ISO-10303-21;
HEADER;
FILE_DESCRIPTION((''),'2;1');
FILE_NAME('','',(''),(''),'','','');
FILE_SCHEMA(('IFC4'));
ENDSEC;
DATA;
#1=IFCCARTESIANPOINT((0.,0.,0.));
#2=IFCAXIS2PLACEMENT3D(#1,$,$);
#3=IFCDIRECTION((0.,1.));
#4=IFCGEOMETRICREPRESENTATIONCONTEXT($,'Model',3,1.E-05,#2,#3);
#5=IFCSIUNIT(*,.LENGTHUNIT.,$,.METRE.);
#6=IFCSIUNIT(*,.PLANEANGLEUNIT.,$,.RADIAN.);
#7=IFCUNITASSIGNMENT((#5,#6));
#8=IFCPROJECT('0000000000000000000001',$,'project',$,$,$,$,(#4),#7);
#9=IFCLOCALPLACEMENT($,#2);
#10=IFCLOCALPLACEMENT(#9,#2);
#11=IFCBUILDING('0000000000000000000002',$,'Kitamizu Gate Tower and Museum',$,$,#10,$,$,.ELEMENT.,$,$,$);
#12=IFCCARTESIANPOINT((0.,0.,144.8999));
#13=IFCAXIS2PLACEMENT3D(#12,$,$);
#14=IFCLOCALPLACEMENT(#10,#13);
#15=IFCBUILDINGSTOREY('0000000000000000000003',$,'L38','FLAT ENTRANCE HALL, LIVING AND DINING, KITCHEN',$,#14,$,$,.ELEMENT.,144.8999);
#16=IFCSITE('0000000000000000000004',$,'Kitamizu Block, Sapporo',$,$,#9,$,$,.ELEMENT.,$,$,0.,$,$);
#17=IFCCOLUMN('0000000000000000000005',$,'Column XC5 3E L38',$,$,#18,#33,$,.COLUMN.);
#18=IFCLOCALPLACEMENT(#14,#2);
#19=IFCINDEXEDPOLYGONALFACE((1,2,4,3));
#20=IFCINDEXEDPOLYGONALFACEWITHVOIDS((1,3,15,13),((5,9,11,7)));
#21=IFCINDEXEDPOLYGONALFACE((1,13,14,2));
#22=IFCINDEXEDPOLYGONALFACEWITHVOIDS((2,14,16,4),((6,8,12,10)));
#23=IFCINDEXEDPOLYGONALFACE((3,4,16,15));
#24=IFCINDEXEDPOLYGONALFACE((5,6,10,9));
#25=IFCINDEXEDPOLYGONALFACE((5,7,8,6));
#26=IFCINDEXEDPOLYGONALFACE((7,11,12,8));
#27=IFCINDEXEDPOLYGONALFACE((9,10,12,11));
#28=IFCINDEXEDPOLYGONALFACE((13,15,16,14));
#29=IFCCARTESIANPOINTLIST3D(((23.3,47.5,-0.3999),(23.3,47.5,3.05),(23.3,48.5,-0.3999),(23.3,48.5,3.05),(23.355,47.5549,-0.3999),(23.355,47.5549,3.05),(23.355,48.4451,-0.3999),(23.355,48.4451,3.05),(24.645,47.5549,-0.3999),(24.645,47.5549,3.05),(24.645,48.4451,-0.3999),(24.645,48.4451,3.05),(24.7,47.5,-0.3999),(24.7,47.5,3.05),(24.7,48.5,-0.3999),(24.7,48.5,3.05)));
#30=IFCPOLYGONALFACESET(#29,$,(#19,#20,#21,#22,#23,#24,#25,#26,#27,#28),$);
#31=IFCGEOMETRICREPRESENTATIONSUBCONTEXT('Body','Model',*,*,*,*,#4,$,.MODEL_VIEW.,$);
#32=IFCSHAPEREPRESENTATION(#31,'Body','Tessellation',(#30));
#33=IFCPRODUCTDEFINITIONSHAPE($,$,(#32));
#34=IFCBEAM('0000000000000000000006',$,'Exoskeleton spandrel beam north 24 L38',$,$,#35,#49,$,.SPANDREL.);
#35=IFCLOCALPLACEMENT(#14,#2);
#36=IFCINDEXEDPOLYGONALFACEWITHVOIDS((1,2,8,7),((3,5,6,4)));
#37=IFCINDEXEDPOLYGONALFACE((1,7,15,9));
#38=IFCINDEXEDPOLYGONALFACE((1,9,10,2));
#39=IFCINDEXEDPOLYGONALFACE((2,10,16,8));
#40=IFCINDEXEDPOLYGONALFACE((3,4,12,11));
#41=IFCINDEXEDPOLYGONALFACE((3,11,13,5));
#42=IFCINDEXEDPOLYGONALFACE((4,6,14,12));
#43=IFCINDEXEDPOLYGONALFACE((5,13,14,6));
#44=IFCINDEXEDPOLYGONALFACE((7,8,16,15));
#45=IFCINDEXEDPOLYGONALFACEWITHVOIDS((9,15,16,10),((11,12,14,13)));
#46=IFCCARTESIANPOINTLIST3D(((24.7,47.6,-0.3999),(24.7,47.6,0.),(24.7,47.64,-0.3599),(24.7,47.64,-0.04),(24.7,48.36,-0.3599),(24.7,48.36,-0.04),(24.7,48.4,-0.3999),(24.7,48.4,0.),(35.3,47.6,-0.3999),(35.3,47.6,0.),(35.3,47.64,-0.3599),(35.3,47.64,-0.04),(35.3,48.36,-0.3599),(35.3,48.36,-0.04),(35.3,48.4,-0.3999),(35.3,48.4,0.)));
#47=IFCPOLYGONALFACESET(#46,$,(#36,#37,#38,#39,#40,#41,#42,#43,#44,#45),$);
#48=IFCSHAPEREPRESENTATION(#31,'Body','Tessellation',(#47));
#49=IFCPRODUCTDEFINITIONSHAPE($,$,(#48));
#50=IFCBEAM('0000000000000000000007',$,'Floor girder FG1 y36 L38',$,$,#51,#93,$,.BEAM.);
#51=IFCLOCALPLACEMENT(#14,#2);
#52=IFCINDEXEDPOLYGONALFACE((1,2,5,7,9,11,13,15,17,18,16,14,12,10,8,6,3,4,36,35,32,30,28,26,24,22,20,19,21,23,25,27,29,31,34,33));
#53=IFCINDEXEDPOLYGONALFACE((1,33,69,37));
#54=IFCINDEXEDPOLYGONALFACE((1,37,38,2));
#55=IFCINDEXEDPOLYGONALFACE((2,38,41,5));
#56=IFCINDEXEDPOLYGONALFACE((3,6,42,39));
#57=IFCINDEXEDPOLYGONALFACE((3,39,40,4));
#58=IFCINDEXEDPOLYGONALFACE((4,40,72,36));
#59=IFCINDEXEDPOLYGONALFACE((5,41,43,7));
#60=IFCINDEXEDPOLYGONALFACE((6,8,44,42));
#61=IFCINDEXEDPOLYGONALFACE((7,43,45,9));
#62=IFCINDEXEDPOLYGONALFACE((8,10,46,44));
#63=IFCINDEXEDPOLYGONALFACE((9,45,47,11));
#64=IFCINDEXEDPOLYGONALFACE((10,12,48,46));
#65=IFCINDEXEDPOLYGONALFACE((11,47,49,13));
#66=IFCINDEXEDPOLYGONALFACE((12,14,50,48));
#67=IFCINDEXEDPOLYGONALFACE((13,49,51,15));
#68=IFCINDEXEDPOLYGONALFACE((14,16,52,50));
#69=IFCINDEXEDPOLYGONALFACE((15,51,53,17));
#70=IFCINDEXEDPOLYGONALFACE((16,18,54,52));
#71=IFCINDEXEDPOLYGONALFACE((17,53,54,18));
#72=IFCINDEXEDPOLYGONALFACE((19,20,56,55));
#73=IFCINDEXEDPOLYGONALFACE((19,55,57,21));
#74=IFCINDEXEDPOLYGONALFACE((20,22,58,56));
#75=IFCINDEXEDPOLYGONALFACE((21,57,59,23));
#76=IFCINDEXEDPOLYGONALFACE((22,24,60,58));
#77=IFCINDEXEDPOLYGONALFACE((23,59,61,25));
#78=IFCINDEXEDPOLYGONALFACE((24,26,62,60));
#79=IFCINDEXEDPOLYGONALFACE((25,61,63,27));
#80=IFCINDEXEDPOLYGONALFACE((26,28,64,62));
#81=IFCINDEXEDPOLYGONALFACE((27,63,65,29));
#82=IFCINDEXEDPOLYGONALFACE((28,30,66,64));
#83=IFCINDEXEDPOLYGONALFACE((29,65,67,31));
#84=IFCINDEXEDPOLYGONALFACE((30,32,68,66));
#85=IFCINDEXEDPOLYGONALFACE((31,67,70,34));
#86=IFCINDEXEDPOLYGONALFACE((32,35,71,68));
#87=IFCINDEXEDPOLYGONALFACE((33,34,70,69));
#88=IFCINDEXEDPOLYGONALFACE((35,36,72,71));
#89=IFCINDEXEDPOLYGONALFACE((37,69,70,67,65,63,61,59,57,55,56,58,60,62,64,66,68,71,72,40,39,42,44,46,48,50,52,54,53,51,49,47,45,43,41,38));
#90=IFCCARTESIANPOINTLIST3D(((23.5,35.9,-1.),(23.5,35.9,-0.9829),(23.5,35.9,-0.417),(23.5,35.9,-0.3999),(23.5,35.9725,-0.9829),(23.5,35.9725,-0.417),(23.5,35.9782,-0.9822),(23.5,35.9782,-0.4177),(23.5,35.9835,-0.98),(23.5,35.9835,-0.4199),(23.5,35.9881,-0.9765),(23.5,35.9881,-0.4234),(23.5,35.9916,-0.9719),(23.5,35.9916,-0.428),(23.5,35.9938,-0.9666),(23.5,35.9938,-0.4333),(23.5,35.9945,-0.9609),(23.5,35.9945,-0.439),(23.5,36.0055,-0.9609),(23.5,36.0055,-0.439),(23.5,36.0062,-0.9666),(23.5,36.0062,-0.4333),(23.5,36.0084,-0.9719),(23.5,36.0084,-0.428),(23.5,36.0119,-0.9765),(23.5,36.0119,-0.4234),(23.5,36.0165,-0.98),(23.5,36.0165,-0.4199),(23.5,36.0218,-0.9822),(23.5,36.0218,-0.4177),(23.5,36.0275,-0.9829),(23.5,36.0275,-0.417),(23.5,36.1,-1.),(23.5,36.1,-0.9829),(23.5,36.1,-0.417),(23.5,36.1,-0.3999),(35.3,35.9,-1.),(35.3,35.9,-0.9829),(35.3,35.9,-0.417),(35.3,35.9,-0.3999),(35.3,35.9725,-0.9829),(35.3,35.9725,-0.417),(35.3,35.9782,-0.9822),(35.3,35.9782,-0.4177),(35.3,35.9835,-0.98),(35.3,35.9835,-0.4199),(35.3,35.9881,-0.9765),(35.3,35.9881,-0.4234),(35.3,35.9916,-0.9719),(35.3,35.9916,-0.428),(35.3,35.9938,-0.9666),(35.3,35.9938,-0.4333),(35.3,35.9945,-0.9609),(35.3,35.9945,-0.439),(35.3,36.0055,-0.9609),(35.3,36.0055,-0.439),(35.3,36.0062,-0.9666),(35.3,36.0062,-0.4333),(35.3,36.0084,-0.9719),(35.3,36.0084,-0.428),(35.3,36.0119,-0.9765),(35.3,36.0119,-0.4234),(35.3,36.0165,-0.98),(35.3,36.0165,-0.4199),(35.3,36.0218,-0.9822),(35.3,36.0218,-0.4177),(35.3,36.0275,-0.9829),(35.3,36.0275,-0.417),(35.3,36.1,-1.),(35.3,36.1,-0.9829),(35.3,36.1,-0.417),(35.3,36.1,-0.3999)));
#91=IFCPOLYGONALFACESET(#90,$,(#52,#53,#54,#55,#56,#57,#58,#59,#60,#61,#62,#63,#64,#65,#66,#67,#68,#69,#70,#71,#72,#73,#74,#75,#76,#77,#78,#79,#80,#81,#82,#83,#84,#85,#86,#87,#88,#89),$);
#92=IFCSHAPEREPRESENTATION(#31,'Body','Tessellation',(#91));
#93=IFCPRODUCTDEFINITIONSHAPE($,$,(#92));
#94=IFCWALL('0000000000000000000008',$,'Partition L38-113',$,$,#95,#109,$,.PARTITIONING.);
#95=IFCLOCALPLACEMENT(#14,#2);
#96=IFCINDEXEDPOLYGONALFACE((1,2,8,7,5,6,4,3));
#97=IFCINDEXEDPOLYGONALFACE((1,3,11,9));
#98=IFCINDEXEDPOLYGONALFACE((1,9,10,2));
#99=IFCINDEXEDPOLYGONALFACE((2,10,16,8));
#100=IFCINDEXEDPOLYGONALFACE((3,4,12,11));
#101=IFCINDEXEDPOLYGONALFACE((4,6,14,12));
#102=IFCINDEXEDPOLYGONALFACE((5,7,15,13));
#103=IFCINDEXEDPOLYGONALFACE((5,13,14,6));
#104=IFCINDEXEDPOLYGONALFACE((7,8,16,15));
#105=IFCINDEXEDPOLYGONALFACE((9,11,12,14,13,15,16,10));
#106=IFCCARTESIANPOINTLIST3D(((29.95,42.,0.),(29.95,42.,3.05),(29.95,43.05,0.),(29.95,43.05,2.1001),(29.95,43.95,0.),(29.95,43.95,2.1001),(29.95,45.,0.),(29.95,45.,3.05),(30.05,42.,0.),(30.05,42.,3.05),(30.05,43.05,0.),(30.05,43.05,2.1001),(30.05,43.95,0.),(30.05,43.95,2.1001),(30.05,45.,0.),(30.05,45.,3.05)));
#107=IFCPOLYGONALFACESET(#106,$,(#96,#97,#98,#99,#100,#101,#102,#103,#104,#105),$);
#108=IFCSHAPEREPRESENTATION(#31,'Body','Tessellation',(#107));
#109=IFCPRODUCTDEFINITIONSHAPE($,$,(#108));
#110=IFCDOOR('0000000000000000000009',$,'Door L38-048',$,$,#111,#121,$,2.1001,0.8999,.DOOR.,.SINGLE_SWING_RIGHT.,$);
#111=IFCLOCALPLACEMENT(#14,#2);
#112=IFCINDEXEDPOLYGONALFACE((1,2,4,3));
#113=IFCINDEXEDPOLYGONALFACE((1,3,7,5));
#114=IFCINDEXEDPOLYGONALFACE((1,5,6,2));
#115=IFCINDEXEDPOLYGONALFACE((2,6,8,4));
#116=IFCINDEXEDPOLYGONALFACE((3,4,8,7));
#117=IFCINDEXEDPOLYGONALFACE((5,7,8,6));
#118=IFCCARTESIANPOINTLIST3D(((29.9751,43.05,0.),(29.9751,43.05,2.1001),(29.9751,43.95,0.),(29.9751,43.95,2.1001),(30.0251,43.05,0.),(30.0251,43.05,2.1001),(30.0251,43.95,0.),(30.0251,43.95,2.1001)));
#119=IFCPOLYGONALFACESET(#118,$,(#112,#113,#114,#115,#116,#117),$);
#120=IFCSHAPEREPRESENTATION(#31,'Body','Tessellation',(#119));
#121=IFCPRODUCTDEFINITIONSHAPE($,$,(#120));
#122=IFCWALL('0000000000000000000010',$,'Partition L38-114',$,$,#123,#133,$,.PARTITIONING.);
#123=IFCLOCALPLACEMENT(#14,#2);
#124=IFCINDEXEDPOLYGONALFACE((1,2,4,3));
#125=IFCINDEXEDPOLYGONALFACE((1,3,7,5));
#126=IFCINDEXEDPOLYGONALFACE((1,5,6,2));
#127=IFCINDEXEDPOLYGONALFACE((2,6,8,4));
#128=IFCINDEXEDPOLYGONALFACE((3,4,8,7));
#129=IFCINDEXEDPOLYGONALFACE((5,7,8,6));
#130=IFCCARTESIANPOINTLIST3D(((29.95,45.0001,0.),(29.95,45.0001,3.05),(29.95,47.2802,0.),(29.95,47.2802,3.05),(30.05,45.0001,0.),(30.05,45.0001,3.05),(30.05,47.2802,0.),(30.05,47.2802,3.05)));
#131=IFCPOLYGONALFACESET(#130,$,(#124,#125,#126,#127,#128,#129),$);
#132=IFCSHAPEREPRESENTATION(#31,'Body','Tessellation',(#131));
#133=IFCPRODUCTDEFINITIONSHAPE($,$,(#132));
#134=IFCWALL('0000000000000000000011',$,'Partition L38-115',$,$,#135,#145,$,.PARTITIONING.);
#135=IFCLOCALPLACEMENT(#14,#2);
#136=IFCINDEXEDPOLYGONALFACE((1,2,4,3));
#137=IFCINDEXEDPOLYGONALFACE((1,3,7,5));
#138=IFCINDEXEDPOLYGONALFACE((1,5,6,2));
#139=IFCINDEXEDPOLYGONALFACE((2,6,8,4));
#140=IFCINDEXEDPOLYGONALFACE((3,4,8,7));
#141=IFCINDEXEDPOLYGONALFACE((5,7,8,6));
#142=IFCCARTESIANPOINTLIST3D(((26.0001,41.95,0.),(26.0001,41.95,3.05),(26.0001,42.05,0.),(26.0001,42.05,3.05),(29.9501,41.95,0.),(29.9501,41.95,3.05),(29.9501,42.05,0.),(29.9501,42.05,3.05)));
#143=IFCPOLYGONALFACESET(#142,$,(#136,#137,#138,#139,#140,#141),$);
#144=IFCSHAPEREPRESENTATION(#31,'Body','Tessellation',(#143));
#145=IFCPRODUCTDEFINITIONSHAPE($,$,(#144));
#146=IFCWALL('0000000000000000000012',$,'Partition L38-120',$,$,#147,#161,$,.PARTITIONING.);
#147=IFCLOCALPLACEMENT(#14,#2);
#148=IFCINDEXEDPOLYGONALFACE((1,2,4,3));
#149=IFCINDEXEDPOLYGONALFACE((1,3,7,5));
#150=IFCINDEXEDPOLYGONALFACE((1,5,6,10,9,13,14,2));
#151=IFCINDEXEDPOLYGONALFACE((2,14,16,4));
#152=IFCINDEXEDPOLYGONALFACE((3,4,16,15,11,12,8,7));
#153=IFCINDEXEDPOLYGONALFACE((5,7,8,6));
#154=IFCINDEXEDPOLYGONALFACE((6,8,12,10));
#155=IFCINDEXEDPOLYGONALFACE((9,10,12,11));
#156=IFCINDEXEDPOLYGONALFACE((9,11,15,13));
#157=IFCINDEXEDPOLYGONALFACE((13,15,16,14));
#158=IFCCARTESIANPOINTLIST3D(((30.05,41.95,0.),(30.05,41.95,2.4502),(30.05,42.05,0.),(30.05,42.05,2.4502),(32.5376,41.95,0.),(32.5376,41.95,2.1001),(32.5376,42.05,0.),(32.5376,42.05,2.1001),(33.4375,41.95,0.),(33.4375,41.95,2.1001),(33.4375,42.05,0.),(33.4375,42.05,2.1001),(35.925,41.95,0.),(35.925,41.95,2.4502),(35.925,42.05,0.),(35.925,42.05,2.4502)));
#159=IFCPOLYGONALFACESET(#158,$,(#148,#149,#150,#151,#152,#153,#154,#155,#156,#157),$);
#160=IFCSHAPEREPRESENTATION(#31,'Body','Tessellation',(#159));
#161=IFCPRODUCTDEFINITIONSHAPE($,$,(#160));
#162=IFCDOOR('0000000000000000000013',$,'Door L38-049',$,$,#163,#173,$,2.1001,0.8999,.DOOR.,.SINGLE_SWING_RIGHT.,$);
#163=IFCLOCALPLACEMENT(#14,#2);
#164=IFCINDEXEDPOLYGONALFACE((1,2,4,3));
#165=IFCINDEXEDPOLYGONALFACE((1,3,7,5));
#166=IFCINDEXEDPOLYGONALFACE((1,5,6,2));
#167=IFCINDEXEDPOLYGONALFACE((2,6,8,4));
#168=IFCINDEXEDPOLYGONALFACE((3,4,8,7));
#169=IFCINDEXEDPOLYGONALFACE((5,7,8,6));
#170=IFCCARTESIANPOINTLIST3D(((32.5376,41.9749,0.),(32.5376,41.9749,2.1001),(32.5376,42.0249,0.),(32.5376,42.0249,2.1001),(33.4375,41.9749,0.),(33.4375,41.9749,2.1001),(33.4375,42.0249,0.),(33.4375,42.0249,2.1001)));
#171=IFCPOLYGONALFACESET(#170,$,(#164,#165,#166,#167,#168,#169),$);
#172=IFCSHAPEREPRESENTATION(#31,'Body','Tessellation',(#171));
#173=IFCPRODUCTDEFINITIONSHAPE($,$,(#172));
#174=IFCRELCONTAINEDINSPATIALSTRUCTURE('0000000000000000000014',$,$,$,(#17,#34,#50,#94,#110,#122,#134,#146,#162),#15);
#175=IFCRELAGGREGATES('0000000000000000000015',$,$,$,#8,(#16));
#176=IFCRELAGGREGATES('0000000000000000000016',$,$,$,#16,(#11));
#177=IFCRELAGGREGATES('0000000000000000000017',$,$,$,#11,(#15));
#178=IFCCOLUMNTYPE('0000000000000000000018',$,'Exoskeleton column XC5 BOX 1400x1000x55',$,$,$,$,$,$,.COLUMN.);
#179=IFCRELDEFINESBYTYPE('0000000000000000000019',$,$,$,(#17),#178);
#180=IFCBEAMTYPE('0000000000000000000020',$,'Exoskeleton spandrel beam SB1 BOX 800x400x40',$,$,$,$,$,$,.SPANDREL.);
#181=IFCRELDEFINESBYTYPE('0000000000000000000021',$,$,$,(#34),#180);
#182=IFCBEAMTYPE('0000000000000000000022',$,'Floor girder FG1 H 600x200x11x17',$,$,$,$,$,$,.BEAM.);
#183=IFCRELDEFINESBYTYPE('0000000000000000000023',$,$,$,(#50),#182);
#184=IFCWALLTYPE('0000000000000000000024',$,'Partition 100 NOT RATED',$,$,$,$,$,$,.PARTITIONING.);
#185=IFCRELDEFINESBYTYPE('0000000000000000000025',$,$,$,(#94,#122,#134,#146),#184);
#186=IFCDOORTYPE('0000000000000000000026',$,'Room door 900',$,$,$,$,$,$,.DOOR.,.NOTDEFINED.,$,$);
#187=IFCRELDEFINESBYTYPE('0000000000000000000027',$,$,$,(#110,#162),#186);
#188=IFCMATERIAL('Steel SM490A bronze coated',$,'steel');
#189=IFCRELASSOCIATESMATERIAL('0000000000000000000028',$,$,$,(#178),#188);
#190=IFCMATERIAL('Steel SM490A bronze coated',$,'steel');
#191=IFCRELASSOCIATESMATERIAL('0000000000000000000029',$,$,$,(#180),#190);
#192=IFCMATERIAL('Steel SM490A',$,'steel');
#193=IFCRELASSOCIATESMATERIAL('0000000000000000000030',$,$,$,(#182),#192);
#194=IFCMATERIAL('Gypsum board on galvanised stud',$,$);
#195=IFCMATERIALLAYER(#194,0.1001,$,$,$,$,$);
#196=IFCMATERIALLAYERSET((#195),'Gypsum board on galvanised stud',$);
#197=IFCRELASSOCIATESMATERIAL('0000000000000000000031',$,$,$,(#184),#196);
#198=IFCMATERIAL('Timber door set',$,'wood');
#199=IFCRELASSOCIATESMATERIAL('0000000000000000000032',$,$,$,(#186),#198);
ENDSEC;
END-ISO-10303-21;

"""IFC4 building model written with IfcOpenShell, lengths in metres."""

from ifc_helpers import new_model, si_unit, direction, frame, frame_2d, origin, origin_2d, place, context, subcontext, project, spatial, rectangle, hollow_rectangle, i_section, extrude, material, layer, layer_set, material_profile, profile_set, type_object, element, fill, save


model = new_model("IFC4")

# Units and contexts
model_context = context("Model", 3, precision=1e-05, world=origin(), true_north=direction((0.0, 1.0)))
body_context = subcontext(model_context, "Body", "Model", "MODEL_VIEW")
ifc_project = project(units=[si_unit("LENGTHUNIT", "METRE"), si_unit("PLANEANGLEUNIT", "RADIAN")], contexts=[model_context])

# Site, building, storey
site_placement = place(None, origin())
site = spatial("IfcSite", under=ifc_project, at=site_placement, Name="Kitamizu Block, Sapporo", CompositionType="ELEMENT", RefElevation=0.0)
building_placement = place(site_placement, origin())
building = spatial("IfcBuilding", under=site, at=building_placement, Name="Kitamizu Gate Tower and Museum", CompositionType="ELEMENT")
storey_placement = place(building_placement, frame((0.0, 0.0, 144.8999)))
storey = spatial("IfcBuildingStorey", under=building, at=storey_placement, Name="L38", Description="FLAT ENTRANCE HALL, LIVING AND DINING, KITCHEN", CompositionType="ELEMENT", Elevation=144.8999)

# Column
ifc_material_1 = material(Name="Steel SM490A bronze coated", Category="steel")
ifc_material_profile_1 = material_profile(ifc_material_1, hollow_rectangle(XDim=1.3999, YDim=1.0, WallThickness=0.0549, at=origin_2d()), Name="BOX 1400x1000x55")
ifc_profile_set_1 = profile_set([ifc_material_profile_1], Name="Steel SM490A bronze coated")
column_type = type_object("IfcColumnType", Name="Exoskeleton column XC5 BOX 1400x1000x55", PredefinedType="COLUMN", material=ifc_profile_set_1)
column_placement = place(storey_placement, frame((24.0, 48.0, -0.3999), z_axis=(0.0, 0.0, 1.0), x_axis=(1.0, 0.0, 0.0)))
element("IfcColumn", 1, at=column_placement, inside=storey, type_object=column_type, Name="Column XC5 3E L38", PredefinedType="COLUMN", context=body_context, shape_type="SweptSolid", body=[
    extrude(hollow_rectangle(XDim=1.3999, YDim=1.0, WallThickness=0.0549, at=origin_2d()), origin(), (0.0, 0.0, 1.0), 3.45),
])

# Beams
ifc_material_2 = material(Name="Steel SM490A bronze coated", Category="steel")
ifc_material_profile_2 = material_profile(ifc_material_2, hollow_rectangle(XDim=0.8, YDim=0.3999, WallThickness=0.04, at=origin_2d()), Name="BOX 800x400x40")
ifc_profile_set_2 = profile_set([ifc_material_profile_2], Name="Steel SM490A bronze coated")
beam_type_1 = type_object("IfcBeamType", Name="Exoskeleton spandrel beam SB1 BOX 800x400x40", PredefinedType="SPANDREL", material=ifc_profile_set_2)
beam_1_placement = place(storey_placement, frame((24.7, 48.0, -0.2), z_axis=(1.0, 0.0, 0.0), x_axis=(0.0, 1.0, 0.0)))
element("IfcBeam", 2, at=beam_1_placement, inside=storey, type_object=beam_type_1, Name="Exoskeleton spandrel beam north 24 L38", PredefinedType="SPANDREL", context=body_context, shape_type="SweptSolid", body=[
    extrude(hollow_rectangle(XDim=0.8, YDim=0.3999, WallThickness=0.04, at=origin_2d()), origin(), (0.0, 0.0, 1.0), 10.6001),
])
ifc_material_3 = material(Name="Steel SM490A", Category="steel")
ifc_material_profile_3 = material_profile(ifc_material_3, i_section(OverallWidth=0.2, OverallDepth=0.6001, WebThickness=0.011, FlangeThickness=0.0171, FilletRadius=0.022, at=origin_2d()), Name="H-600x200x11x17")
ifc_profile_set_3 = profile_set([ifc_material_profile_3], Name="Steel SM490A")
beam_type_2 = type_object("IfcBeamType", Name="Floor girder FG1 H 600x200x11x17", PredefinedType="BEAM", material=ifc_profile_set_3)
beam_2_placement = place(storey_placement, frame((23.5, 36.0, -0.7), z_axis=(1.0, 0.0, 0.0), x_axis=(0.0, 1.0, 0.0)))
element("IfcBeam", 3, at=beam_2_placement, inside=storey, type_object=beam_type_2, Name="Floor girder FG1 y36 L38", PredefinedType="BEAM", context=body_context, shape_type="SweptSolid", body=[
    extrude(i_section(OverallWidth=0.2, OverallDepth=0.6001, WebThickness=0.011, FlangeThickness=0.0171, FilletRadius=0.022, at=origin_2d()), origin(), (0.0, 0.0, 1.0), 11.8),
])

# Wall, opening, door
ifc_material_4 = material(Name="Gypsum board on galvanised stud")
ifc_layer_1 = layer(ifc_material_4, 0.1001)
ifc_layer_set_1 = layer_set([ifc_layer_1], Name="Gypsum board on galvanised stud")
wall_type_1 = type_object("IfcWallType", Name="Partition 100 NOT RATED", PredefinedType="PARTITIONING", material=ifc_layer_set_1)
wall_1_placement = place(storey_placement, frame((30.0, 42.0, 0.0), z_axis=(0.0, 0.0, 1.0), x_axis=(0.0, 1.0, 0.0)))
wall_1 = element("IfcWall", 4, at=wall_1_placement, inside=storey, type_object=wall_type_1, Name="Partition L38-113", PredefinedType="PARTITIONING", context=body_context, shape_type="SweptSolid", body=[
    extrude(rectangle(XDim=3.0, YDim=0.1001, at=frame_2d((1.5, 0.0))), origin(), (0.0, 0.0, 1.0), 3.05),
])
opening_1_placement = place(wall_1_placement, frame((1.05, 0.0, 0.0)))
opening_1 = element("IfcOpeningElement", 5, at=opening_1_placement, cuts=wall_1, PredefinedType="OPENING", context=body_context, shape_type="SweptSolid", body=[
    extrude(rectangle(XDim=0.8999, YDim=2.1001, at=frame_2d((0.45, 1.05))), frame((0.0, 0.0601, 0.0), z_axis=(0.0, -1.0, 0.0), x_axis=(1.0, 0.0, 0.0)), (0.0, 0.0, 1.0), 0.1201),
])
ifc_material_5 = material(Name="Timber door set", Category="wood")
door_type_1 = type_object("IfcDoorType", Name="Room door 900", OperationType="NOTDEFINED", PredefinedType="DOOR", material=ifc_material_5)
door_1_placement = place(opening_1_placement, origin())
door_1 = element("IfcDoor", 6, at=door_1_placement, inside=storey, type_object=door_type_1, Name="Door L38-048", OperationType="SINGLE_SWING_RIGHT", OverallHeight=2.1001, OverallWidth=0.8999, PredefinedType="DOOR", context=body_context, shape_type="SweptSolid", body=[
    extrude(rectangle(XDim=0.8999, YDim=2.1001, at=frame_2d((0.45, 1.05))), frame((0.0, 0.0249, 0.0), z_axis=(0.0, -1.0, 0.0), x_axis=(1.0, 0.0, 0.0)), (0.0, 0.0, 1.0), 0.05),
])
fill(opening_1, door_1)

# Walls
wall_2_placement = place(storey_placement, frame((30.0, 45.0, 0.0), z_axis=(0.0, 0.0, 1.0), x_axis=(0.0, 1.0, 0.0)))
element("IfcWall", 7, at=wall_2_placement, inside=storey, type_object=wall_type_1, Name="Partition L38-114", PredefinedType="PARTITIONING", context=body_context, shape_type="SweptSolid", body=[
    extrude(rectangle(XDim=2.28, YDim=0.1001, at=frame_2d((1.1401, 0.0))), origin(), (0.0, 0.0, 1.0), 3.05),
])
wall_3_placement = place(storey_placement, frame((26.0, 42.0, 0.0), z_axis=(0.0, 0.0, 1.0), x_axis=(1.0, 0.0, 0.0)))
element("IfcWall", 8, at=wall_3_placement, inside=storey, type_object=wall_type_1, Name="Partition L38-115", PredefinedType="PARTITIONING", context=body_context, shape_type="SweptSolid", body=[
    extrude(rectangle(XDim=3.95, YDim=0.1001, at=frame_2d((1.9751, 0.0))), origin(), (0.0, 0.0, 1.0), 3.05),
])

# Wall, opening, door
wall_4_placement = place(storey_placement, frame((30.05, 42.0, 0.0), z_axis=(0.0, 0.0, 1.0), x_axis=(1.0, 0.0, 0.0)))
wall_4 = element("IfcWall", 9, at=wall_4_placement, inside=storey, type_object=wall_type_1, Name="Partition L38-120", PredefinedType="PARTITIONING", context=body_context, shape_type="SweptSolid", body=[
    extrude(rectangle(XDim=5.875, YDim=0.1001, at=frame_2d((2.9375, 0.0))), origin(), (0.0, 0.0, 1.0), 2.4502),
])
opening_2_placement = place(wall_4_placement, frame((2.4875, 0.0, 0.0)))
opening_2 = element("IfcOpeningElement", 10, at=opening_2_placement, cuts=wall_4, PredefinedType="OPENING", context=body_context, shape_type="SweptSolid", body=[
    extrude(rectangle(XDim=0.8999, YDim=2.1001, at=frame_2d((0.45, 1.05))), frame((0.0, 0.0601, 0.0), z_axis=(0.0, -1.0, 0.0), x_axis=(1.0, 0.0, 0.0)), (0.0, 0.0, 1.0), 0.1201),
])
door_2_placement = place(opening_2_placement, origin())
door_2 = element("IfcDoor", 11, at=door_2_placement, inside=storey, type_object=door_type_1, Name="Door L38-049", OperationType="SINGLE_SWING_RIGHT", OverallHeight=2.1001, OverallWidth=0.8999, PredefinedType="DOOR", context=body_context, shape_type="SweptSolid", body=[
    extrude(rectangle(XDim=0.8999, YDim=2.1001, at=frame_2d((0.45, 1.05))), frame((0.0, 0.0249, 0.0), z_axis=(0.0, -1.0, 0.0), x_axis=(1.0, 0.0, 0.0)), (0.0, 0.0, 1.0), 0.05),
])
fill(opening_2, door_2)

save(model, "model.ifc")
